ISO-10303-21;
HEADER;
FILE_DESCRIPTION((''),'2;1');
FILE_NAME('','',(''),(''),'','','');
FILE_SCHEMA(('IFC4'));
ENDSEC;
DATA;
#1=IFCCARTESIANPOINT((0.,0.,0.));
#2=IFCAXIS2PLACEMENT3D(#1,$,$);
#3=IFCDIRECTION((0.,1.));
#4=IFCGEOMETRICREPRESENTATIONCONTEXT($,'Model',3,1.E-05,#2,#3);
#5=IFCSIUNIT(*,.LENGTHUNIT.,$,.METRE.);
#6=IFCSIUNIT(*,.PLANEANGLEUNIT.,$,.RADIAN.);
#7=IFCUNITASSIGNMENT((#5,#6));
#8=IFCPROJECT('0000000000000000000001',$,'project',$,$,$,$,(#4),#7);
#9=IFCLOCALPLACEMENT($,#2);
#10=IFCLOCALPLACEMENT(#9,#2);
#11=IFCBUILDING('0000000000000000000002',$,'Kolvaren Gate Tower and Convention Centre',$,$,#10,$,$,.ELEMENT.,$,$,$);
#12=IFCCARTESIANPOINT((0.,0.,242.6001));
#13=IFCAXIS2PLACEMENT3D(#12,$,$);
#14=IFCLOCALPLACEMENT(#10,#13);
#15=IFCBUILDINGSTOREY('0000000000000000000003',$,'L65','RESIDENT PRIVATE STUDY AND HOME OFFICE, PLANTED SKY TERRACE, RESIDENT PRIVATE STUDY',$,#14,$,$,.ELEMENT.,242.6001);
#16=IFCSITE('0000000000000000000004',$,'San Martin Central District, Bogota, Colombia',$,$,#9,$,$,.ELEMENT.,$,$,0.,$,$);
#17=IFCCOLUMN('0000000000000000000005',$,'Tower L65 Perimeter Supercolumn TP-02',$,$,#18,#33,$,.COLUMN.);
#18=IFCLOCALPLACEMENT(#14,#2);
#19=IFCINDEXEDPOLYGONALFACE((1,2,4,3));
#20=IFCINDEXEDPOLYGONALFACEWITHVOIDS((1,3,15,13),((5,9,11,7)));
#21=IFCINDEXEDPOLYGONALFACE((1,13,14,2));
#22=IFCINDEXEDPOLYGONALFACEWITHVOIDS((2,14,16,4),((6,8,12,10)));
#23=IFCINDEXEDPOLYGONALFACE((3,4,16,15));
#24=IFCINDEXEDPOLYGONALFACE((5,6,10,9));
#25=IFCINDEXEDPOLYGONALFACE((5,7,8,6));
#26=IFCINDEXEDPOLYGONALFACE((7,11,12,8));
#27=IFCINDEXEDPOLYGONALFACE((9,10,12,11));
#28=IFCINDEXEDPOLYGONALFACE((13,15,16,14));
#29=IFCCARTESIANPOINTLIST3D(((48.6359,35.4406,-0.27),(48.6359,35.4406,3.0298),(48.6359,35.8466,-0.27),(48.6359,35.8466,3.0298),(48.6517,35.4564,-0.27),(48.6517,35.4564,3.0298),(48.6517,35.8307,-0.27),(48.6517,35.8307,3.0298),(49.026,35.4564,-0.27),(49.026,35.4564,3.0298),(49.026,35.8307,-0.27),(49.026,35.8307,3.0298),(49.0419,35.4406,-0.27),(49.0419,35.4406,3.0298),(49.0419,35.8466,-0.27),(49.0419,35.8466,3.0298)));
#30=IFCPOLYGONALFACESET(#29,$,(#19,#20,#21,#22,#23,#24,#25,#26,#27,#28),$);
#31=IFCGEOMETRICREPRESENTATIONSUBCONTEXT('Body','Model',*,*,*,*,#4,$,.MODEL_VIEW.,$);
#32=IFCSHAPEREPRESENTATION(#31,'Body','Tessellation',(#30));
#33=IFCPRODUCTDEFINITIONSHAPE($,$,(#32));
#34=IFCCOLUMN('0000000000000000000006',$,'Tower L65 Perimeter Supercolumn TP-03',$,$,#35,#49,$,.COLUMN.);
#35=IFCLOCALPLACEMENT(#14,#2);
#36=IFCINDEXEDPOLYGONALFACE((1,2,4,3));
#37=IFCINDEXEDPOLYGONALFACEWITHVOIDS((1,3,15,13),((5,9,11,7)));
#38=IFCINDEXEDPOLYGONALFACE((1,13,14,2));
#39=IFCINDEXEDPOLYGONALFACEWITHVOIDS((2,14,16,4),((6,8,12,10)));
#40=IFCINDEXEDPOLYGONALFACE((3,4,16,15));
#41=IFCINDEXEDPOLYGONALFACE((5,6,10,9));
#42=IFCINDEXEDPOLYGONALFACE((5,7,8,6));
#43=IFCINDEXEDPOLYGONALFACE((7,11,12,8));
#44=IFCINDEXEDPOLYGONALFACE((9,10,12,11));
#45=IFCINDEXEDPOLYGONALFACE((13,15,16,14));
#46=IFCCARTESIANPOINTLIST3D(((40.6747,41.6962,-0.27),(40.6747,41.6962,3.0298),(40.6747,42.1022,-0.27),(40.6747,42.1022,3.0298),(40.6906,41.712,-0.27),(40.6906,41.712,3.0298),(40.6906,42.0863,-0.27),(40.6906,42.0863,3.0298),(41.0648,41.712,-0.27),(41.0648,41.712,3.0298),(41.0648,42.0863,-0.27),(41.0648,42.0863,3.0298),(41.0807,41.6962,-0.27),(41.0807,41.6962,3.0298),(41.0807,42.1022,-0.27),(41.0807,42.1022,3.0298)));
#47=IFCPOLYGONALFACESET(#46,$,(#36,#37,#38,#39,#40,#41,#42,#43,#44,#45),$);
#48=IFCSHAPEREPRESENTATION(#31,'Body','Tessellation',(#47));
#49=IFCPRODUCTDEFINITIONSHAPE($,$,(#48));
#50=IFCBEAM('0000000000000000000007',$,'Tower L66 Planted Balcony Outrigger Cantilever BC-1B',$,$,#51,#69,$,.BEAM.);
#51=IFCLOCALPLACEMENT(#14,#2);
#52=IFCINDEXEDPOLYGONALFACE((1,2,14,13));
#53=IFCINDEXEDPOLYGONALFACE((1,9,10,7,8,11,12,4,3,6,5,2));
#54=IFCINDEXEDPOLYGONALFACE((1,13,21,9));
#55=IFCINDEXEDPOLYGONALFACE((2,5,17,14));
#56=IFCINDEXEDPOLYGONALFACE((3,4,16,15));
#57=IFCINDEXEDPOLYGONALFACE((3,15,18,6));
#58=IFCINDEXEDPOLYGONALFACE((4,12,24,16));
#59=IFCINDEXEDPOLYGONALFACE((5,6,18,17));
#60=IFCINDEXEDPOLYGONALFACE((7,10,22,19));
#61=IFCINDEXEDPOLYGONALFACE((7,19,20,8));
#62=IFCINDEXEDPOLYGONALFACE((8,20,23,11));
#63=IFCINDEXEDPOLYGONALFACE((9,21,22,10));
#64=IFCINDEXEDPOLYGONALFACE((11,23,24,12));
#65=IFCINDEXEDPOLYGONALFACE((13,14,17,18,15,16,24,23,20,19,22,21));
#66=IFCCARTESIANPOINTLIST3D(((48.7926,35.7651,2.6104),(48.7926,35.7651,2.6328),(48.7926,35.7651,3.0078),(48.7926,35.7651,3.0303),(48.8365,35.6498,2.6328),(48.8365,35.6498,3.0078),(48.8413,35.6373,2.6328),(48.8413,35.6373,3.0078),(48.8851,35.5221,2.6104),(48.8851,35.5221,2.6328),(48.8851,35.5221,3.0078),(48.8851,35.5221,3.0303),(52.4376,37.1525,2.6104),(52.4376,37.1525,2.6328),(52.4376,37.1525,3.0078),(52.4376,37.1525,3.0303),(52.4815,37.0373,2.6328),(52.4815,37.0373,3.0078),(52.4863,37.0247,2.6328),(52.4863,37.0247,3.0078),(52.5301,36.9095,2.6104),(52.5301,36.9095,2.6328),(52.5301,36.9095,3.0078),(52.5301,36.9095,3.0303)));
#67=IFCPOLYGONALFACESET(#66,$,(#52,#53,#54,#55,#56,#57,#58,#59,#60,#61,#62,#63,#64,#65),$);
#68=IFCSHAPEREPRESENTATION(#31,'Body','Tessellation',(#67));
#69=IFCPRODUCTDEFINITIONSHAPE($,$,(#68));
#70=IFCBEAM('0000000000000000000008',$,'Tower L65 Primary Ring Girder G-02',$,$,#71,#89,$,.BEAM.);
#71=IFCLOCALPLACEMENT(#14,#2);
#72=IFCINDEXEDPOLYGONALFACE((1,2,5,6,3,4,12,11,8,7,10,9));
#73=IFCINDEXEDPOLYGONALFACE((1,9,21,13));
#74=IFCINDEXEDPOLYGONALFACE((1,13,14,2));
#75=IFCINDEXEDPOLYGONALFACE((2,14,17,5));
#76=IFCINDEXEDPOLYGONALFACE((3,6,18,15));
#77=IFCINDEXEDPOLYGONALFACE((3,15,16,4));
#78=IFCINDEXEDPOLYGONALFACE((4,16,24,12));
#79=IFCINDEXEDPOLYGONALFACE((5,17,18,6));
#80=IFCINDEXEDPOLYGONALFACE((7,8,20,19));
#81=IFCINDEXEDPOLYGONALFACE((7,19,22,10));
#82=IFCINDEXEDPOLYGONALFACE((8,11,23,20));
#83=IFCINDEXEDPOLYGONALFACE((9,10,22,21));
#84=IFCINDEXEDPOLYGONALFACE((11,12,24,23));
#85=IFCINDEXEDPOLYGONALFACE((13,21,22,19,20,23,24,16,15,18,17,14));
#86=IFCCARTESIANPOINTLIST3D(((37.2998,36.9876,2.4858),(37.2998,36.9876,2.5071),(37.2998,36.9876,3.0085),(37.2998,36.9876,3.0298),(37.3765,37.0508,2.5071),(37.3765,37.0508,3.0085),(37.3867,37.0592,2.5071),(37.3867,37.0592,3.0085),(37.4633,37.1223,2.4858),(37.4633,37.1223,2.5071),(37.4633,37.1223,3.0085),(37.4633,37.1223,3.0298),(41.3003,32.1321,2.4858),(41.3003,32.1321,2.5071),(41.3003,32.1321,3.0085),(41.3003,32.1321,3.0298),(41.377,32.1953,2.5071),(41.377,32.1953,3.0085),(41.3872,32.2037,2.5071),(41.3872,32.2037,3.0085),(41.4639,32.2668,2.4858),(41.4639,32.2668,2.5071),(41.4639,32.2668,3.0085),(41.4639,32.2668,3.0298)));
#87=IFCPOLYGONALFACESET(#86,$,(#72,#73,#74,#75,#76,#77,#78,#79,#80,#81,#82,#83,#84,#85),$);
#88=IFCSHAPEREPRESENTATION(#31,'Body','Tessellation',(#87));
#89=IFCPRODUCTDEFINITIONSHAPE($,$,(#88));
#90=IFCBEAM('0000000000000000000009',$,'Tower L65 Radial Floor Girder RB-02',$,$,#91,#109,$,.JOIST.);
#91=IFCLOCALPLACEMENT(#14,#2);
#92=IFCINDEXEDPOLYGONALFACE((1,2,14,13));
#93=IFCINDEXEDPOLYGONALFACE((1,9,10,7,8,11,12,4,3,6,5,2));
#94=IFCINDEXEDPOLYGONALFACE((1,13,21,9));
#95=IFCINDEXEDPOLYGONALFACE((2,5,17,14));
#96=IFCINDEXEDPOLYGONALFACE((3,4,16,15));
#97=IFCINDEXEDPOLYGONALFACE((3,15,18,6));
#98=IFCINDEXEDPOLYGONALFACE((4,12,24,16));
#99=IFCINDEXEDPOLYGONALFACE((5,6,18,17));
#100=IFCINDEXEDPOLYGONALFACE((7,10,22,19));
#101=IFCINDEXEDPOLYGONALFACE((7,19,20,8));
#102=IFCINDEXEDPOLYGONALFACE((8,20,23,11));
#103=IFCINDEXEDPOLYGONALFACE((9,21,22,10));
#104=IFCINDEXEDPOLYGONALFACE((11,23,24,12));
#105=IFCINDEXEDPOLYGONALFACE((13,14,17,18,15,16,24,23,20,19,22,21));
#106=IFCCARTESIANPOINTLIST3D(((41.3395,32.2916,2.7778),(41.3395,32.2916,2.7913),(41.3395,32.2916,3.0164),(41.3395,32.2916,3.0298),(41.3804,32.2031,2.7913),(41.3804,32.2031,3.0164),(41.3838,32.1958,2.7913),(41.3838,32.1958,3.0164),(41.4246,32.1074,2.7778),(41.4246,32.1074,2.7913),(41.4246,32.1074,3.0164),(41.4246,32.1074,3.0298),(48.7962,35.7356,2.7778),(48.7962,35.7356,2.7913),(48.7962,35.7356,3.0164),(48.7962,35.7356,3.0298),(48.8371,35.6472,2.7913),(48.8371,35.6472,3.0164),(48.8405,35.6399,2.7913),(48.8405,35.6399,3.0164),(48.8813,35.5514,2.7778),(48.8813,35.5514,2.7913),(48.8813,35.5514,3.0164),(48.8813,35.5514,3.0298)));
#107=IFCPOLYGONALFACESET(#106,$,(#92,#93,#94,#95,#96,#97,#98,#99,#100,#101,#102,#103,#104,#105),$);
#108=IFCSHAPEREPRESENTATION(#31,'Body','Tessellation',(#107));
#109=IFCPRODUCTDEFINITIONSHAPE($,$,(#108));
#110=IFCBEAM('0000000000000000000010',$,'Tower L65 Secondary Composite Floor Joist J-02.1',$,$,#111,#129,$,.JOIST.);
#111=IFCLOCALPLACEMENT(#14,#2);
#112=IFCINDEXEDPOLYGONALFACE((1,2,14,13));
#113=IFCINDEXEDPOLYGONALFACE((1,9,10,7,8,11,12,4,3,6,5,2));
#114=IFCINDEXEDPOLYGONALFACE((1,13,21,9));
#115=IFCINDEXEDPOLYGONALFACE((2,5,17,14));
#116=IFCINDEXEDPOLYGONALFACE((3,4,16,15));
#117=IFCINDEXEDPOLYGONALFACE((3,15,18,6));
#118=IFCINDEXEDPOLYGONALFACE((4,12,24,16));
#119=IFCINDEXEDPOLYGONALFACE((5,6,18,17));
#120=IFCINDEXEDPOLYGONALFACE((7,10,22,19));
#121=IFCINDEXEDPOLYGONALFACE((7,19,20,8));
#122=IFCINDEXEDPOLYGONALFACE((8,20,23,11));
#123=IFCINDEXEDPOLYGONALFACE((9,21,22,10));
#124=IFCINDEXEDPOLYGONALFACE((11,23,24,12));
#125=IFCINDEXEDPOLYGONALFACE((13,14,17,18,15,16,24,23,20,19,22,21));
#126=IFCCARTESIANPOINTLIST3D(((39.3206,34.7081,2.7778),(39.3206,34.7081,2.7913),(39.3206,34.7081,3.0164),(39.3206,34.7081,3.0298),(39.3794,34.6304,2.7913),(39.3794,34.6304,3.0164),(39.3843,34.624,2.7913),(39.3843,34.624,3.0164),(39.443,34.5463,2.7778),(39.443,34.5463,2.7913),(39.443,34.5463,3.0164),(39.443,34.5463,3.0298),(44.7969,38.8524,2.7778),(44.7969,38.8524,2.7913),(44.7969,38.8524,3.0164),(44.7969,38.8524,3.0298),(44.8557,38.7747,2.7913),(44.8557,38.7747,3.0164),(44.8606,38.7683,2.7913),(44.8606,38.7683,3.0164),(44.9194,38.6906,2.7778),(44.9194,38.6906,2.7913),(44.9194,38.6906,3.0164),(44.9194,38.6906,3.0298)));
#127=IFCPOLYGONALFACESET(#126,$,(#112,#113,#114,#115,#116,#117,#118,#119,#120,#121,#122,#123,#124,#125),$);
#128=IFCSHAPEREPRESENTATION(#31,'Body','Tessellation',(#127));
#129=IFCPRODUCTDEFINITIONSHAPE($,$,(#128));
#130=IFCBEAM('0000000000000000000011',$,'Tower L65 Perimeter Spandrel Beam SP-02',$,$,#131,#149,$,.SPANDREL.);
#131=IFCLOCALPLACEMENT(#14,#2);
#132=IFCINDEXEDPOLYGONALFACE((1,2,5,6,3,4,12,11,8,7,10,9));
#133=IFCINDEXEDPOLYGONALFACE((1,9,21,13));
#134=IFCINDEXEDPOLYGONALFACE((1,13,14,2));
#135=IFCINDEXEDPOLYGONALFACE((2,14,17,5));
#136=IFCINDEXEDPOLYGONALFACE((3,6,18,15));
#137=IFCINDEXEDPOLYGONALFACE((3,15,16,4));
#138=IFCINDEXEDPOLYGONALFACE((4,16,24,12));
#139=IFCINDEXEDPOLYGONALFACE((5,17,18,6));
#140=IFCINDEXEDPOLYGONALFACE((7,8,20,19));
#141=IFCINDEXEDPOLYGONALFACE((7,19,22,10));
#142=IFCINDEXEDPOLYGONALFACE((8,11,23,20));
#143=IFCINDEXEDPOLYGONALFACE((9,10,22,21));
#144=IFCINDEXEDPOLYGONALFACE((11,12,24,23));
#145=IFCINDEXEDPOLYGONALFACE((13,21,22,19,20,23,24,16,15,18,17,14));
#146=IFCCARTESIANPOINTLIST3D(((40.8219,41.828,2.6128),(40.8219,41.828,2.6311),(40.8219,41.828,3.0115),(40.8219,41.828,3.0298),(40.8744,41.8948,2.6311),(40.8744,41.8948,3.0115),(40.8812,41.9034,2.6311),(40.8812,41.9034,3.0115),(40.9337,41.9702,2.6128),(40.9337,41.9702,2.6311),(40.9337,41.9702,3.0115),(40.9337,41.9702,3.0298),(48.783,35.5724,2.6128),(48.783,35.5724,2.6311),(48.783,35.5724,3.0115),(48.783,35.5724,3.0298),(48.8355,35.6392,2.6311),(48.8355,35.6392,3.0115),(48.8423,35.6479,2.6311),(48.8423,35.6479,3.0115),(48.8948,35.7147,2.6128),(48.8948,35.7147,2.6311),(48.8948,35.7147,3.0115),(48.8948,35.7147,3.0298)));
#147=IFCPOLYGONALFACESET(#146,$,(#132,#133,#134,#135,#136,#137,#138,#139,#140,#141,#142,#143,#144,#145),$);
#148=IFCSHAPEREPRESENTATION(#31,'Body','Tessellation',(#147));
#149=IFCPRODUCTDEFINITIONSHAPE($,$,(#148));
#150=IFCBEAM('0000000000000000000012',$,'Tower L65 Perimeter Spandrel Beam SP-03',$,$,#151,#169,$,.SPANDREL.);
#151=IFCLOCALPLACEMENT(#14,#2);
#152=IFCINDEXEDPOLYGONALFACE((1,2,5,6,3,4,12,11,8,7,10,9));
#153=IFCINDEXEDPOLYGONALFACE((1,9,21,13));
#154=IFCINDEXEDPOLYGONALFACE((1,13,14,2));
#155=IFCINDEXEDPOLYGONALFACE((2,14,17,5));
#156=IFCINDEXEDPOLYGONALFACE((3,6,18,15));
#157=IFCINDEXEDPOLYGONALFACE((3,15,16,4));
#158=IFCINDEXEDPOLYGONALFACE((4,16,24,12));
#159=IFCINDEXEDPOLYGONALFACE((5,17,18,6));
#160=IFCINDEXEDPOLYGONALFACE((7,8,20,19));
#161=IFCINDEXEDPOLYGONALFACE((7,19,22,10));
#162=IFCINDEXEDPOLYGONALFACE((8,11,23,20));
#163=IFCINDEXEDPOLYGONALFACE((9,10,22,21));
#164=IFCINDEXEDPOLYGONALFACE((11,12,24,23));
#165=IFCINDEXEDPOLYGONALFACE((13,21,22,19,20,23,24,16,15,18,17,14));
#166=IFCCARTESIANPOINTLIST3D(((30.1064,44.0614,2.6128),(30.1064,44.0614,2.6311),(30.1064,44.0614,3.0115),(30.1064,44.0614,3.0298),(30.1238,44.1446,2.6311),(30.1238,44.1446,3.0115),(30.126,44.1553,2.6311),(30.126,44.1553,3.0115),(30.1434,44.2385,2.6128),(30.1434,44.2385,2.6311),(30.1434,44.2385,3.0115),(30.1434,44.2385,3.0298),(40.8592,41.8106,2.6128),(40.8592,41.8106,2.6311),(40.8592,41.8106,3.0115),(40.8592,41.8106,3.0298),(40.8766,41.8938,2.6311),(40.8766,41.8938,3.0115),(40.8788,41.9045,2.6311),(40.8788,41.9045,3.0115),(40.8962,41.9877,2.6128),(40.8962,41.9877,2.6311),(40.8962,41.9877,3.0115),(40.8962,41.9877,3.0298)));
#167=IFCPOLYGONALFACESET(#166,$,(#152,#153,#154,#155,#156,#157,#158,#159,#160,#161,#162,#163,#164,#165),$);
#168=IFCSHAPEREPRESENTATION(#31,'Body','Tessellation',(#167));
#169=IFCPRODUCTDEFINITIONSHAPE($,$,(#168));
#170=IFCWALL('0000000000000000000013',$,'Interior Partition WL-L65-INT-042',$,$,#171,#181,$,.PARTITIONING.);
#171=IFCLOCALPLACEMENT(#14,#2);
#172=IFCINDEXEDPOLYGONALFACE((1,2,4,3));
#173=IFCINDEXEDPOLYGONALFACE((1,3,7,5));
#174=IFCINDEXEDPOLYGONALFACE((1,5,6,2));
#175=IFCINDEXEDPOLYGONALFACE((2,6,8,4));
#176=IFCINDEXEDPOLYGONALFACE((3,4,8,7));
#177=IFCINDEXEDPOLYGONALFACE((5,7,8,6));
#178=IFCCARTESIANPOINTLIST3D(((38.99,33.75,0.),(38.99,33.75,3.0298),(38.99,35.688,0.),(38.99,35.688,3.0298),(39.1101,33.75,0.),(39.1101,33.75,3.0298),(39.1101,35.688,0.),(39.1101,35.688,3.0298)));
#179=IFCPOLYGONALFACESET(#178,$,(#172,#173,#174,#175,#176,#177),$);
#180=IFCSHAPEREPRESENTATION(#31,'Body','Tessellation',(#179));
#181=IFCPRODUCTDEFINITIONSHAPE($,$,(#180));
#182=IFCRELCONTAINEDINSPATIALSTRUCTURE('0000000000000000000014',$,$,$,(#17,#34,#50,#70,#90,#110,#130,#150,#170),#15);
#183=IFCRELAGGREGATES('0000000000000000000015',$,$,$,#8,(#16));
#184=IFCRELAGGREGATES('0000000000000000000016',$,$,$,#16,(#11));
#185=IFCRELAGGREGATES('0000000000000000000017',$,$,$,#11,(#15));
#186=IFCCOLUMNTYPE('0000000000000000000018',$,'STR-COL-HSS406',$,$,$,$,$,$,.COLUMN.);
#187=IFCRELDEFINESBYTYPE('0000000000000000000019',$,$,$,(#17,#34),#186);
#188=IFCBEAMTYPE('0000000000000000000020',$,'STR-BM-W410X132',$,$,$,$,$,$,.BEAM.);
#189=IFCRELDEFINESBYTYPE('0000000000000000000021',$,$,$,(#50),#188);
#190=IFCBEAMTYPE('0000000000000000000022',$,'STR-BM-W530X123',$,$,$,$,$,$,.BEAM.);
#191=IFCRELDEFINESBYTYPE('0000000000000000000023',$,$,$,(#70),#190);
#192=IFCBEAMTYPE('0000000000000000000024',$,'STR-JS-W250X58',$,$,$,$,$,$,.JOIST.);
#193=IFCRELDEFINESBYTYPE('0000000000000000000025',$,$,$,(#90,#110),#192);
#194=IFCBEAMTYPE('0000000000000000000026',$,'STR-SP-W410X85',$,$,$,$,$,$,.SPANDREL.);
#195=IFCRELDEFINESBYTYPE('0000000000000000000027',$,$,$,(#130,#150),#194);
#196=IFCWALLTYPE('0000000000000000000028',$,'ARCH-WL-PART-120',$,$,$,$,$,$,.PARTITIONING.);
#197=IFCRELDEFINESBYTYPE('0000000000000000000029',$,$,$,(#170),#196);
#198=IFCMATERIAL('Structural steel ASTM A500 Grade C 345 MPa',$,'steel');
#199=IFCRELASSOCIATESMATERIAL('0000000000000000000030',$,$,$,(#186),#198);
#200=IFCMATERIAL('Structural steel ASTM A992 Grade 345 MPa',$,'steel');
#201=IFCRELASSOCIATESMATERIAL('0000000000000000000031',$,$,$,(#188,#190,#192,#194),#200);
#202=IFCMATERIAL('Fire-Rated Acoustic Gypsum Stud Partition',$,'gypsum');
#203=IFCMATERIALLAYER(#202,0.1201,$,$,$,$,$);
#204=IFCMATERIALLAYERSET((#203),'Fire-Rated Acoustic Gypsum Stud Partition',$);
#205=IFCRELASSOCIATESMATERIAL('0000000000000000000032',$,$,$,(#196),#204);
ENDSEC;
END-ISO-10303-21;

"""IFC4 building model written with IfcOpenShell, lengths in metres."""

from ifc_helpers import new_model, si_unit, direction, frame, frame_2d, origin, origin_2d, place, context, subcontext, project, spatial, rectangle, hollow_rectangle, i_section, extrude, material, layer, layer_set, material_profile, profile_set, type_object, element, save


model = new_model("IFC4")

# Units and contexts
model_context = context("Model", 3, precision=1e-05, world=origin(), true_north=direction((0.0, 1.0)))
body_context = subcontext(model_context, "Body", "Model", "MODEL_VIEW")
ifc_project = project(units=[si_unit("LENGTHUNIT", "METRE"), si_unit("PLANEANGLEUNIT", "RADIAN")], contexts=[model_context])

# Site, building, storey
site_placement = place(None, origin())
site = spatial("IfcSite", under=ifc_project, at=site_placement, Name="San Martin Central District, Bogota, Colombia", CompositionType="ELEMENT", RefElevation=0.0)
building_placement = place(site_placement, origin())
building = spatial("IfcBuilding", under=site, at=building_placement, Name="Kolvaren Gate Tower and Convention Centre", CompositionType="ELEMENT")
storey_placement = place(building_placement, frame((0.0, 0.0, 242.6001)))
storey = spatial("IfcBuildingStorey", under=building, at=storey_placement, Name="L65", Description="RESIDENT PRIVATE STUDY AND HOME OFFICE, PLANTED SKY TERRACE, RESIDENT PRIVATE STUDY", CompositionType="ELEMENT", Elevation=242.6001)

# Columns
ifc_material_1 = material(Name="Structural steel ASTM A500 Grade C 345 MPa", Category="steel")
ifc_material_profile_1 = material_profile(ifc_material_1, hollow_rectangle(XDim=0.406, YDim=0.406, WallThickness=0.0159, at=origin_2d()), Name="HSS406X406X15.9")
ifc_profile_set_1 = profile_set([ifc_material_profile_1], Name="Structural steel ASTM A500 Grade C 345 MPa")
column_type = type_object("IfcColumnType", Name="STR-COL-HSS406", PredefinedType="COLUMN", material=ifc_profile_set_1)
for number, where, z_axis, x_axis, name in (
    (1, (48.8389, 35.6436, -0.27), (0.0, 0.0, 1.0), (1.0, 0.0, 0.0), "Tower L65 Perimeter Supercolumn TP-02"),
    (2, (40.8777, 41.8992, -0.27), (0.0, 0.0, 1.0), (1.0, 0.0, 0.0), "Tower L65 Perimeter Supercolumn TP-03"),
):
    element("IfcColumn", number, at=place(storey_placement, frame(where, z_axis=z_axis, x_axis=x_axis)), inside=storey, type_object=column_type, Name=name, PredefinedType="COLUMN", context=body_context, shape_type="SweptSolid", body=[
        extrude(hollow_rectangle(XDim=0.406, YDim=0.406, WallThickness=0.0159, at=origin_2d()), origin(), (0.0, 0.0, 1.0), 3.2998),
    ])

# Beams
ifc_material_2 = material(Name="Structural steel ASTM A992 Grade 345 MPa", Category="steel")
ifc_material_profile_2 = material_profile(ifc_material_2, i_section(OverallWidth=0.26, OverallDepth=0.4199, WebThickness=0.0134, FlangeThickness=0.0225, at=origin_2d()), Name="W410X132")
ifc_profile_set_2 = profile_set([ifc_material_profile_2], Name="Structural steel ASTM A992 Grade 345 MPa")
beam_type_1 = type_object("IfcBeamType", Name="STR-BM-W410X132", PredefinedType="BEAM", material=ifc_profile_set_2)
beam_1_placement = place(storey_placement, frame((48.8389, 35.6436, 2.8203), z_axis=(0.934584, 0.355743, 0.0), x_axis=(-0.355743, 0.934584, 0.0)))
element("IfcBeam", 3, at=beam_1_placement, inside=storey, type_object=beam_type_1, Name="Tower L66 Planted Balcony Outrigger Cantilever BC-1B", PredefinedType="BEAM", context=body_context, shape_type="SweptSolid", body=[
    extrude(i_section(OverallWidth=0.26, OverallDepth=0.4199, WebThickness=0.0134, FlangeThickness=0.0225, at=origin_2d()), origin(), (0.0, 0.0, 1.0), 3.9001),
])
ifc_material_profile_3 = material_profile(ifc_material_2, i_section(OverallWidth=0.2119, OverallDepth=0.5439, WebThickness=0.0132, FlangeThickness=0.0212, at=origin_2d()), Name="W530X123")
ifc_profile_set_3 = profile_set([ifc_material_profile_3], Name="Structural steel ASTM A992 Grade 345 MPa")
beam_type_2 = type_object("IfcBeamType", Name="STR-BM-W530X123", PredefinedType="BEAM", material=ifc_profile_set_3)
beam_2_placement = place(storey_placement, frame((41.3821, 32.1995, 2.7578), z_axis=(-0.635884, 0.771785, 0.0), x_axis=(-0.771785, -0.635884, 0.0)))
element("IfcBeam", 4, at=beam_2_placement, inside=storey, type_object=beam_type_2, Name="Tower L65 Primary Ring Girder G-02", PredefinedType="BEAM", context=body_context, shape_type="SweptSolid", body=[
    extrude(i_section(OverallWidth=0.2119, OverallDepth=0.5439, WebThickness=0.0132, FlangeThickness=0.0212, at=origin_2d()), origin(), (0.0, 0.0, 1.0), 6.2913),
])
ifc_material_profile_4 = material_profile(ifc_material_2, i_section(OverallWidth=0.2029, OverallDepth=0.252, WebThickness=0.0081, FlangeThickness=0.0134, at=origin_2d()), Name="W250X58")
ifc_profile_set_4 = profile_set([ifc_material_profile_4], Name="Structural steel ASTM A992 Grade 345 MPa")
beam_type_3 = type_object("IfcBeamType", Name="STR-JS-W250X58", PredefinedType="JOIST", material=ifc_profile_set_4)
beam_3_placement = place(storey_placement, frame((41.3821, 32.1995, 2.9038), z_axis=(0.907844, 0.419309, 0.0), x_axis=(-0.419309, 0.907844, 0.0)))
element("IfcBeam", 5, at=beam_3_placement, inside=storey, type_object=beam_type_3, Name="Tower L65 Radial Floor Girder RB-02", PredefinedType="JOIST", context=body_context, shape_type="SweptSolid", body=[
    extrude(i_section(OverallWidth=0.2029, OverallDepth=0.252, WebThickness=0.0081, FlangeThickness=0.0134, at=origin_2d()), origin(), (0.0, 0.0, 1.0), 8.2136),
])
beam_4_placement = place(storey_placement, frame((39.3818, 34.6272, 2.9038), z_axis=(0.797403, 0.603447, 0.0), x_axis=(-0.603447, 0.797403, 0.0)))
element("IfcBeam", 6, at=beam_4_placement, inside=storey, type_object=beam_type_3, Name="Tower L65 Secondary Composite Floor Joist J-02.1", PredefinedType="JOIST", context=body_context, shape_type="SweptSolid", body=[
    extrude(i_section(OverallWidth=0.2029, OverallDepth=0.252, WebThickness=0.0081, FlangeThickness=0.0134, at=origin_2d()), origin(), (0.0, 0.0, 1.0), 6.8677),
])
ifc_material_profile_5 = material_profile(ifc_material_2, i_section(OverallWidth=0.1809, OverallDepth=0.417, WebThickness=0.011, FlangeThickness=0.0183, at=origin_2d()), Name="W410X85")
ifc_profile_set_5 = profile_set([ifc_material_profile_5], Name="Structural steel ASTM A992 Grade 345 MPa")
beam_type_4 = type_object("IfcBeamType", Name="STR-SP-W410X85", PredefinedType="SPANDREL", material=ifc_profile_set_5)
beam_5_placement = place(storey_placement, frame((48.8389, 35.6436, 2.8213), z_axis=(-0.786299, 0.617846, 0.0), x_axis=(-0.617846, -0.786299, 0.0)))
element("IfcBeam", 7, at=beam_5_placement, inside=storey, type_object=beam_type_4, Name="Tower L65 Perimeter Spandrel Beam SP-02", PredefinedType="SPANDREL", context=body_context, shape_type="SweptSolid", body=[
    extrude(i_section(OverallWidth=0.1809, OverallDepth=0.417, WebThickness=0.011, FlangeThickness=0.0183, at=origin_2d()), origin(), (0.0, 0.0, 1.0), 10.1248),
])
beam_6_placement = place(storey_placement, frame((40.8777, 41.8992, 2.8213), z_axis=(-0.978788, 0.204878, 0.0), x_axis=(-0.204878, -0.978788, 0.0)))
element("IfcBeam", 8, at=beam_6_placement, inside=storey, type_object=beam_type_4, Name="Tower L65 Perimeter Spandrel Beam SP-03", PredefinedType="SPANDREL", context=body_context, shape_type="SweptSolid", body=[
    extrude(i_section(OverallWidth=0.1809, OverallDepth=0.417, WebThickness=0.011, FlangeThickness=0.0183, at=origin_2d()), origin(), (0.0, 0.0, 1.0), 10.9858),
])

# Wall
ifc_material_3 = material(Name="Fire-Rated Acoustic Gypsum Stud Partition", Category="gypsum")
ifc_layer_1 = layer(ifc_material_3, 0.1201)
ifc_layer_set_1 = layer_set([ifc_layer_1], Name="Fire-Rated Acoustic Gypsum Stud Partition")
wall_type_1 = type_object("IfcWallType", Name="ARCH-WL-PART-120", PredefinedType="PARTITIONING", material=ifc_layer_set_1)
wall_1_placement = place(storey_placement, frame((39.05, 33.75, 0.0), z_axis=(0.0, 0.0, 1.0), x_axis=(0.0, 1.0, 0.0)))
element("IfcWall", 9, at=wall_1_placement, inside=storey, type_object=wall_type_1, Name="Interior Partition WL-L65-INT-042", PredefinedType="PARTITIONING", context=body_context, shape_type="SweptSolid", body=[
    extrude(rectangle(XDim=1.938, YDim=0.1201, at=frame_2d((0.969, 0.0))), origin(), (0.0, 0.0, 1.0), 3.0298),
])

save(model, "model.ifc")
